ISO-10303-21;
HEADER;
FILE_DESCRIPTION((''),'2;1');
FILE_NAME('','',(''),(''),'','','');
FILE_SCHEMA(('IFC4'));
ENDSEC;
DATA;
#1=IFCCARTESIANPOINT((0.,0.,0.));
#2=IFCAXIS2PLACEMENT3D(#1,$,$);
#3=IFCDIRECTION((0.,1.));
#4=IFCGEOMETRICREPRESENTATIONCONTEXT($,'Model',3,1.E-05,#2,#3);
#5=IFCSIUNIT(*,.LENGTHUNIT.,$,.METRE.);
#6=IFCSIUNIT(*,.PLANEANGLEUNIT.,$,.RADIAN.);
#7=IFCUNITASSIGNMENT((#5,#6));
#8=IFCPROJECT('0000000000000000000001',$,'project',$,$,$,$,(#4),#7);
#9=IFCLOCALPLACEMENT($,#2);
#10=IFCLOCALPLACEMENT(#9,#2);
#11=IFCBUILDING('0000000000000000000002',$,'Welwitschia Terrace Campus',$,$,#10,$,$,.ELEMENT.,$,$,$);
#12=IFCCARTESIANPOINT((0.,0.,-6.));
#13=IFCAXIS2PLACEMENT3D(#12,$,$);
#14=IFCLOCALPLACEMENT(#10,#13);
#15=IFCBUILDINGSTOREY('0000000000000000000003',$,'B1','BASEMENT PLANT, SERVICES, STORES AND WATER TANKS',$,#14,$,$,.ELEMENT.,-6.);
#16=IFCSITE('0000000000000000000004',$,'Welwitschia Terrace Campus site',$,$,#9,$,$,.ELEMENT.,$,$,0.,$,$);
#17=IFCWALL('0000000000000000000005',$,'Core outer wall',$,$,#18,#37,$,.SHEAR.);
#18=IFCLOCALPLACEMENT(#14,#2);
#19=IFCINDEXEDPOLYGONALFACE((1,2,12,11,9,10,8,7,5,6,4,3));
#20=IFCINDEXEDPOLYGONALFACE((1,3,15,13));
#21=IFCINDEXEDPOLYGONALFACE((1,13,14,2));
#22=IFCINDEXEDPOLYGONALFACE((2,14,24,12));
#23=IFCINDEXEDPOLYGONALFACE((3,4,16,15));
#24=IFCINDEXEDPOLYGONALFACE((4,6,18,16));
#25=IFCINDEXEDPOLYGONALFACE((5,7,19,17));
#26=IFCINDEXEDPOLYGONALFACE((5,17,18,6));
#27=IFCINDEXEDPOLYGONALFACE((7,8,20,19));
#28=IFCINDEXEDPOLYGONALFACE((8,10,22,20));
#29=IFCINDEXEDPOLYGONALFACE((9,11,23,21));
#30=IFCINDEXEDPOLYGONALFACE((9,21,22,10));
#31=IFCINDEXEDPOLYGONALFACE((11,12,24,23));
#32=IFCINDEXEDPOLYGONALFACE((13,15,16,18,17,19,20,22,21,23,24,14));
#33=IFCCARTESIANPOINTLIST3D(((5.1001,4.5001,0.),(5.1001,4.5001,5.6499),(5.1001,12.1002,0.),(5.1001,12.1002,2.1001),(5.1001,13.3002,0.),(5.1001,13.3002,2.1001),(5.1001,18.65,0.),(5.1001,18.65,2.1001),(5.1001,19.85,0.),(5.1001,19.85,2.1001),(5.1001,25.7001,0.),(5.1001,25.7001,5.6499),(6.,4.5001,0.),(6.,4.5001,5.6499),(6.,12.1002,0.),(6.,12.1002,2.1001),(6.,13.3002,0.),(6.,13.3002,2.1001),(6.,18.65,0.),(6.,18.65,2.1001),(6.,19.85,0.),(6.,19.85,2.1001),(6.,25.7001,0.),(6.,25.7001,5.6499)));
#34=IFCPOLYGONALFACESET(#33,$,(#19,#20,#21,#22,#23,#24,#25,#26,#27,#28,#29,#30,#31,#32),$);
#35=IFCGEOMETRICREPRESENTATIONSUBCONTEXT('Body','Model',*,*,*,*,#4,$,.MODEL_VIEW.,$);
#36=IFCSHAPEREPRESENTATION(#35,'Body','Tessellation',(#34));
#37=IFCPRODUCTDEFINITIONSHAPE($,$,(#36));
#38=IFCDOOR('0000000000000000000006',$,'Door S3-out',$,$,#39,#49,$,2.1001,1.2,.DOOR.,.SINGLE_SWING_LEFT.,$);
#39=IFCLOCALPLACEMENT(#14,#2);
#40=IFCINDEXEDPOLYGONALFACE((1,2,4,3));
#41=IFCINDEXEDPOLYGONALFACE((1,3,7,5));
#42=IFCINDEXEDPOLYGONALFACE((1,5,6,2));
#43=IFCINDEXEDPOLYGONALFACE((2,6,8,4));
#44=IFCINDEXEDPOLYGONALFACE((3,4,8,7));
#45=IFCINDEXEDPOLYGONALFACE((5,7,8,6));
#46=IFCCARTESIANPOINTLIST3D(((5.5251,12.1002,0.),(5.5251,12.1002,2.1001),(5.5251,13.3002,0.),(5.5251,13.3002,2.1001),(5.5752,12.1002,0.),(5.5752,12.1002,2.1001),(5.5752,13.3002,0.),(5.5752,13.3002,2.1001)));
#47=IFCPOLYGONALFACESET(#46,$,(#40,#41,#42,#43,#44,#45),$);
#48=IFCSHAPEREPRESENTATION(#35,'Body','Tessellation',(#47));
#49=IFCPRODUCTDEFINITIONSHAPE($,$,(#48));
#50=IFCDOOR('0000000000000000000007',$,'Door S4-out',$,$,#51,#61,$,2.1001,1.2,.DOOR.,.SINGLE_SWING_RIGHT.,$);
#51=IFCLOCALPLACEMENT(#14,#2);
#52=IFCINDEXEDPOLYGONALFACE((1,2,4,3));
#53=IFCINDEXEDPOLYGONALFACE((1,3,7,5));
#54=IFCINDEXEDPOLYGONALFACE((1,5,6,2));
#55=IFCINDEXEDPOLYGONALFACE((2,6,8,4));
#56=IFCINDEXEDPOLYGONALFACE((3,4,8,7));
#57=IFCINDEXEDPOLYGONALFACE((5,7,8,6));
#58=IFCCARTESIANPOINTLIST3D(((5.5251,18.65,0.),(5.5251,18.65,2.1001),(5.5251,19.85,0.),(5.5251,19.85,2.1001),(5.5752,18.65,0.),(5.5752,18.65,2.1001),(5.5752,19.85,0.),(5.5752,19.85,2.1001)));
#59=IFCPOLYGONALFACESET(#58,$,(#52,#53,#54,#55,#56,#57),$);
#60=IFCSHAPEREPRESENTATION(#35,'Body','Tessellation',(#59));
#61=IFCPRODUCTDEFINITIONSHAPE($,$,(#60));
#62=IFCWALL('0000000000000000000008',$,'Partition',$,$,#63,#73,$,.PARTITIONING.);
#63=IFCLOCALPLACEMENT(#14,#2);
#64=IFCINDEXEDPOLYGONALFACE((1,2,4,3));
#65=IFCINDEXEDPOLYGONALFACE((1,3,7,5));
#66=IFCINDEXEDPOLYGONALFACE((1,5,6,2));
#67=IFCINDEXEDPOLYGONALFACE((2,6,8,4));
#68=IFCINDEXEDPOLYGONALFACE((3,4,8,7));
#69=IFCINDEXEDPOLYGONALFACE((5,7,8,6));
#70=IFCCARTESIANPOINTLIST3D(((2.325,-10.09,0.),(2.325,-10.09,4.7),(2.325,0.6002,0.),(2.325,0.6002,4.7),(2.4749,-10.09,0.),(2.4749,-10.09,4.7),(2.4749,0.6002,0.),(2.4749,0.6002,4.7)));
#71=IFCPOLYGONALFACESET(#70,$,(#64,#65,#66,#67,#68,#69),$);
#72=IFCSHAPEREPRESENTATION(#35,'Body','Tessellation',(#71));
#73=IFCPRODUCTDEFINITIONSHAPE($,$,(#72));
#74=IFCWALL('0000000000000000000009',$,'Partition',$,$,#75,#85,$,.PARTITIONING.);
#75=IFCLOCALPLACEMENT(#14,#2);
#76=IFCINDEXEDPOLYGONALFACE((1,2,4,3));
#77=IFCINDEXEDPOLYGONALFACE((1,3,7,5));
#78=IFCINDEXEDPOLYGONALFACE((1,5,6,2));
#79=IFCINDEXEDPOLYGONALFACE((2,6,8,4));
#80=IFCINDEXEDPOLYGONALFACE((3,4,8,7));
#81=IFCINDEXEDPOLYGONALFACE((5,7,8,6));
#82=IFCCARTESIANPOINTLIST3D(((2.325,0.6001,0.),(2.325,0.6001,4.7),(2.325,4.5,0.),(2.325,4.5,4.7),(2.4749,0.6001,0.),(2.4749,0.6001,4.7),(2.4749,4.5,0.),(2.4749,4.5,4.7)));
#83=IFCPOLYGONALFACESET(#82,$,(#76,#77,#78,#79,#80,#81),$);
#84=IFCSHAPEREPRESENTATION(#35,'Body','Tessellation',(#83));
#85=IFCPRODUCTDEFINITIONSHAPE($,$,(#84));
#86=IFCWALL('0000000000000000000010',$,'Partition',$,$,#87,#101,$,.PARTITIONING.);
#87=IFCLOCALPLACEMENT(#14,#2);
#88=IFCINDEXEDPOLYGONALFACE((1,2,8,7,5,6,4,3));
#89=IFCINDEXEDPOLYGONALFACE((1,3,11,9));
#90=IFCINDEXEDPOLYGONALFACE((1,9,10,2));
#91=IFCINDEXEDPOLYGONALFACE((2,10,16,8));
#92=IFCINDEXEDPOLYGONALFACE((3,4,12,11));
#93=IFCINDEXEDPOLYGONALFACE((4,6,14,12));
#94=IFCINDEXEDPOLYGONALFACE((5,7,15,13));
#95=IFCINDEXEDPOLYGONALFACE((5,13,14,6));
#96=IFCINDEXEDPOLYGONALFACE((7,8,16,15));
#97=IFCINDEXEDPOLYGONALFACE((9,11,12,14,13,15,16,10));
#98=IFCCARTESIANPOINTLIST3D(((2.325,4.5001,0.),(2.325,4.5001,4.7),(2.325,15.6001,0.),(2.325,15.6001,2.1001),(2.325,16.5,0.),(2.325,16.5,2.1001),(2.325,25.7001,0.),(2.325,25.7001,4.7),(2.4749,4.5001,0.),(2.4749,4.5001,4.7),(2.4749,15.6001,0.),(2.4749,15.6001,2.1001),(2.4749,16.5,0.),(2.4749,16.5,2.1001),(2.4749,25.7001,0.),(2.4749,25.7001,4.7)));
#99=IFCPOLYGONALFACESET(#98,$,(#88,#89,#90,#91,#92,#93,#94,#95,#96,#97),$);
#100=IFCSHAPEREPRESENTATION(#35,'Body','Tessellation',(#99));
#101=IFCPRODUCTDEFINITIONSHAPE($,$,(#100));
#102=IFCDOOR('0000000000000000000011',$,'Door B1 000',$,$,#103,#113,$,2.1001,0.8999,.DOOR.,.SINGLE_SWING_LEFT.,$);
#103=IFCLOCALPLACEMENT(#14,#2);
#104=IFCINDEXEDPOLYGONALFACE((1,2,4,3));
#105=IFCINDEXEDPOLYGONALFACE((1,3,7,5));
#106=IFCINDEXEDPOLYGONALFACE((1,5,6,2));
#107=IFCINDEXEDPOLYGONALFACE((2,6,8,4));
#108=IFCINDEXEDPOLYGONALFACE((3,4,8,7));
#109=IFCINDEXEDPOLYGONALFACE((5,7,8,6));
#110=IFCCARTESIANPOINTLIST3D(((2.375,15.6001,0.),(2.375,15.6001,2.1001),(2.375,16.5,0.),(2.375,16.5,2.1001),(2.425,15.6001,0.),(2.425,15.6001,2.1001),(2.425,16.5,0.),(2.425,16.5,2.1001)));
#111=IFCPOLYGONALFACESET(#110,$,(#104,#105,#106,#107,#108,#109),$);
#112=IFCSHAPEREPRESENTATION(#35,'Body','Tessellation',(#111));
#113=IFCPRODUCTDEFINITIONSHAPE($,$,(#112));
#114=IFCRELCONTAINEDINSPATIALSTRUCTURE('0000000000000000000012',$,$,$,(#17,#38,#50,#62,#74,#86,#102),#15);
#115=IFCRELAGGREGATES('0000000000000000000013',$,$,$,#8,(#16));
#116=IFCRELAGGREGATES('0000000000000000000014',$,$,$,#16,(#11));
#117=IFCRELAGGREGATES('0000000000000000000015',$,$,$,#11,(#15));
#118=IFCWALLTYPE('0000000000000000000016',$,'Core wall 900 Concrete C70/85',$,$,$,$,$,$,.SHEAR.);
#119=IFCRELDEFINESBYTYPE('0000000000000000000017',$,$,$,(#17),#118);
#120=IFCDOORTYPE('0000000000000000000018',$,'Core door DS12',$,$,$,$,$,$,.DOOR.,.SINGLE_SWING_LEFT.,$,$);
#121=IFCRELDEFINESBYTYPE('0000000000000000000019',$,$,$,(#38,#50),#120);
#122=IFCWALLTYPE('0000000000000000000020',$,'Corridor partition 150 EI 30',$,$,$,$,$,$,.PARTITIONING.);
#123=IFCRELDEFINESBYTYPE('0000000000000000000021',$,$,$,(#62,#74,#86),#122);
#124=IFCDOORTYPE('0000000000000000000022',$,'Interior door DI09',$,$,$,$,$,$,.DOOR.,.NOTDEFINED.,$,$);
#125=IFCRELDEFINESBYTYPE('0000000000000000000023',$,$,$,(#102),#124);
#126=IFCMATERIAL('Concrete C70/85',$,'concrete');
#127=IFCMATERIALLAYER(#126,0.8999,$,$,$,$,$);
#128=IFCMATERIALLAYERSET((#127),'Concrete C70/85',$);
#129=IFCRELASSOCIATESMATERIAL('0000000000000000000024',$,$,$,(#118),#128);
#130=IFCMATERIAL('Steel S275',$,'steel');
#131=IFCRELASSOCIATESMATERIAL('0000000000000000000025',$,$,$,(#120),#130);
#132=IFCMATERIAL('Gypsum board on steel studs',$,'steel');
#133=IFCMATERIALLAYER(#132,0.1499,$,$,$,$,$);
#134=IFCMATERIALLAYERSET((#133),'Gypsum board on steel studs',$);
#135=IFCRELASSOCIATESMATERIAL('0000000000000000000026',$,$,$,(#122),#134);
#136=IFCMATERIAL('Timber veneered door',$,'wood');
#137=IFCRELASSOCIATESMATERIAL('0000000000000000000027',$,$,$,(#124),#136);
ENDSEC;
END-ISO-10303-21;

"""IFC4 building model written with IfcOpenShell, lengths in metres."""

from ifc_helpers import new_model, si_unit, direction, frame, frame_2d, origin, place, context, subcontext, project, spatial, rectangle, extrude, material, layer, layer_set, type_object, element, fill, save


model = new_model("IFC4")

# Units and contexts
model_context = context("Model", 3, precision=1e-05, world=origin(), true_north=direction((0.0, 1.0)))
body_context = subcontext(model_context, "Body", "Model", "MODEL_VIEW")
ifc_project = project(units=[si_unit("LENGTHUNIT", "METRE"), si_unit("PLANEANGLEUNIT", "RADIAN")], contexts=[model_context])

# Site, building, storey
site_placement = place(None, origin())
site = spatial("IfcSite", under=ifc_project, at=site_placement, Name="Welwitschia Terrace Campus site", CompositionType="ELEMENT", RefElevation=0.0)
building_placement = place(site_placement, origin())
building = spatial("IfcBuilding", under=site, at=building_placement, Name="Welwitschia Terrace Campus", CompositionType="ELEMENT")
storey_placement = place(building_placement, frame((0.0, 0.0, -6.0)))
storey = spatial("IfcBuildingStorey", under=building, at=storey_placement, Name="B1", Description="BASEMENT PLANT, SERVICES, STORES AND WATER TANKS", CompositionType="ELEMENT", Elevation=-6.0)

# Wall, openings, doors
ifc_material_1 = material(Name="Concrete C70/85", Category="concrete")
ifc_layer_1 = layer(ifc_material_1, 0.8999)
ifc_layer_set_1 = layer_set([ifc_layer_1], Name="Concrete C70/85")
wall_type_1 = type_object("IfcWallType", Name="Core wall 900 Concrete C70/85", PredefinedType="SHEAR", material=ifc_layer_set_1)
wall_1_placement = place(storey_placement, frame((5.55, 4.5, 0.0), z_axis=(0.0, 0.0, 1.0), x_axis=(0.0, 1.0, 0.0)))
wall_1 = element("IfcWall", 1, at=wall_1_placement, inside=storey, type_object=wall_type_1, Name="Core outer wall", PredefinedType="SHEAR", context=body_context, shape_type="SweptSolid", body=[
    extrude(rectangle(XDim=21.2, YDim=0.8999, at=frame_2d((10.6001, 0.0))), origin(), (0.0, 0.0, 1.0), 5.6499),
])
opening_1_placement = place(wall_1_placement, frame((7.6001, 0.0, 0.0)))
opening_1 = element("IfcOpeningElement", 2, at=opening_1_placement, cuts=wall_1, PredefinedType="OPENING", context=body_context, shape_type="SweptSolid", body=[
    extrude(rectangle(XDim=1.2, YDim=2.1001, at=frame_2d((0.6001, 1.05))), frame((0.0, 0.46, 0.0), z_axis=(0.0, -1.0, 0.0), x_axis=(1.0, 0.0, 0.0)), (0.0, 0.0, 1.0), 0.9199),
])
opening_2_placement = place(wall_1_placement, frame((14.1499, 0.0, 0.0)))
opening_2 = element("IfcOpeningElement", 3, at=opening_2_placement, cuts=wall_1, PredefinedType="OPENING", context=body_context, shape_type="SweptSolid", body=[
    extrude(rectangle(XDim=1.2, YDim=2.1001, at=frame_2d((0.6001, 1.05))), frame((0.0, 0.46, 0.0), z_axis=(0.0, -1.0, 0.0), x_axis=(1.0, 0.0, 0.0)), (0.0, 0.0, 1.0), 0.9199),
])
ifc_material_2 = material(Name="Steel S275", Category="steel")
door_type_1 = type_object("IfcDoorType", Name="Core door DS12", OperationType="SINGLE_SWING_LEFT", PredefinedType="DOOR", material=ifc_material_2)
door_1_placement = place(opening_1_placement, origin())
door_1 = element("IfcDoor", 4, at=door_1_placement, inside=storey, type_object=door_type_1, Name="Door S3-out", OperationType="SINGLE_SWING_LEFT", OverallHeight=2.1001, OverallWidth=1.2, PredefinedType="DOOR", context=body_context, shape_type="SweptSolid", body=[
    extrude(rectangle(XDim=1.2, YDim=2.1001, at=frame_2d((0.6001, 1.05))), frame((0.0, 0.0249, 0.0), z_axis=(0.0, -1.0, 0.0), x_axis=(1.0, 0.0, 0.0)), (0.0, 0.0, 1.0), 0.05),
])
fill(opening_1, door_1)
door_2_placement = place(opening_2_placement, origin())
door_2 = element("IfcDoor", 5, at=door_2_placement, inside=storey, type_object=door_type_1, Name="Door S4-out", OperationType="SINGLE_SWING_RIGHT", OverallHeight=2.1001, OverallWidth=1.2, PredefinedType="DOOR", context=body_context, shape_type="SweptSolid", body=[
    extrude(rectangle(XDim=1.2, YDim=2.1001, at=frame_2d((0.6001, 1.05))), frame((0.0, 0.0249, 0.0), z_axis=(0.0, -1.0, 0.0), x_axis=(1.0, 0.0, 0.0)), (0.0, 0.0, 1.0), 0.05),
])
fill(opening_2, door_2)

# Walls
ifc_material_3 = material(Name="Gypsum board on steel studs", Category="steel")
ifc_layer_2 = layer(ifc_material_3, 0.1499)
ifc_layer_set_2 = layer_set([ifc_layer_2], Name="Gypsum board on steel studs")
wall_type_2 = type_object("IfcWallType", Name="Corridor partition 150 EI 30", PredefinedType="PARTITIONING", material=ifc_layer_set_2)
wall_2_placement = place(storey_placement, frame((2.3999, -10.0901, 0.0), z_axis=(0.0, 0.0, 1.0), x_axis=(0.0, 1.0, 0.0)))
element("IfcWall", 6, at=wall_2_placement, inside=storey, type_object=wall_type_2, Name="Partition", PredefinedType="PARTITIONING", context=body_context, shape_type="SweptSolid", body=[
    extrude(rectangle(XDim=10.6902, YDim=0.1499, at=frame_2d((5.3452, 0.0))), origin(), (0.0, 0.0, 1.0), 4.7),
])
wall_3_placement = place(storey_placement, frame((2.3999, 0.6001, 0.0), z_axis=(0.0, 0.0, 1.0), x_axis=(0.0, 1.0, 0.0)))
element("IfcWall", 7, at=wall_3_placement, inside=storey, type_object=wall_type_2, Name="Partition", PredefinedType="PARTITIONING", context=body_context, shape_type="SweptSolid", body=[
    extrude(rectangle(XDim=3.8999, YDim=0.1499, at=frame_2d((1.95, 0.0))), origin(), (0.0, 0.0, 1.0), 4.7),
])

# Wall, opening, door
wall_4_placement = place(storey_placement, frame((2.3999, 4.5, 0.0), z_axis=(0.0, 0.0, 1.0), x_axis=(0.0, 1.0, 0.0)))
wall_4 = element("IfcWall", 8, at=wall_4_placement, inside=storey, type_object=wall_type_2, Name="Partition", PredefinedType="PARTITIONING", context=body_context, shape_type="SweptSolid", body=[
    extrude(rectangle(XDim=21.2, YDim=0.1499, at=frame_2d((10.6001, 0.0))), origin(), (0.0, 0.0, 1.0), 4.7),
])
opening_3_placement = place(wall_4_placement, frame((11.1001, 0.0, 0.0)))
opening_3 = element("IfcOpeningElement", 9, at=opening_3_placement, cuts=wall_4, PredefinedType="OPENING", context=body_context, shape_type="SweptSolid", body=[
    extrude(rectangle(XDim=0.8999, YDim=2.1001, at=frame_2d((0.45, 1.05))), frame((0.0, 0.085, 0.0), z_axis=(0.0, -1.0, 0.0), x_axis=(1.0, 0.0, 0.0)), (0.0, 0.0, 1.0), 0.1699),
])
ifc_material_4 = material(Name="Timber veneered door", Category="wood")
door_type_2 = type_object("IfcDoorType", Name="Interior door DI09", OperationType="NOTDEFINED", PredefinedType="DOOR", material=ifc_material_4)
door_3_placement = place(opening_3_placement, origin())
door_3 = element("IfcDoor", 10, at=door_3_placement, inside=storey, type_object=door_type_2, Name="Door B1 000", OperationType="SINGLE_SWING_LEFT", OverallHeight=2.1001, OverallWidth=0.8999, PredefinedType="DOOR", context=body_context, shape_type="SweptSolid", body=[
    extrude(rectangle(XDim=0.8999, YDim=2.1001, at=frame_2d((0.45, 1.05))), frame((0.0, 0.0249, 0.0), z_axis=(0.0, -1.0, 0.0), x_axis=(1.0, 0.0, 0.0)), (0.0, 0.0, 1.0), 0.05),
])
fill(opening_3, door_3)

save(model, "model.ifc")
